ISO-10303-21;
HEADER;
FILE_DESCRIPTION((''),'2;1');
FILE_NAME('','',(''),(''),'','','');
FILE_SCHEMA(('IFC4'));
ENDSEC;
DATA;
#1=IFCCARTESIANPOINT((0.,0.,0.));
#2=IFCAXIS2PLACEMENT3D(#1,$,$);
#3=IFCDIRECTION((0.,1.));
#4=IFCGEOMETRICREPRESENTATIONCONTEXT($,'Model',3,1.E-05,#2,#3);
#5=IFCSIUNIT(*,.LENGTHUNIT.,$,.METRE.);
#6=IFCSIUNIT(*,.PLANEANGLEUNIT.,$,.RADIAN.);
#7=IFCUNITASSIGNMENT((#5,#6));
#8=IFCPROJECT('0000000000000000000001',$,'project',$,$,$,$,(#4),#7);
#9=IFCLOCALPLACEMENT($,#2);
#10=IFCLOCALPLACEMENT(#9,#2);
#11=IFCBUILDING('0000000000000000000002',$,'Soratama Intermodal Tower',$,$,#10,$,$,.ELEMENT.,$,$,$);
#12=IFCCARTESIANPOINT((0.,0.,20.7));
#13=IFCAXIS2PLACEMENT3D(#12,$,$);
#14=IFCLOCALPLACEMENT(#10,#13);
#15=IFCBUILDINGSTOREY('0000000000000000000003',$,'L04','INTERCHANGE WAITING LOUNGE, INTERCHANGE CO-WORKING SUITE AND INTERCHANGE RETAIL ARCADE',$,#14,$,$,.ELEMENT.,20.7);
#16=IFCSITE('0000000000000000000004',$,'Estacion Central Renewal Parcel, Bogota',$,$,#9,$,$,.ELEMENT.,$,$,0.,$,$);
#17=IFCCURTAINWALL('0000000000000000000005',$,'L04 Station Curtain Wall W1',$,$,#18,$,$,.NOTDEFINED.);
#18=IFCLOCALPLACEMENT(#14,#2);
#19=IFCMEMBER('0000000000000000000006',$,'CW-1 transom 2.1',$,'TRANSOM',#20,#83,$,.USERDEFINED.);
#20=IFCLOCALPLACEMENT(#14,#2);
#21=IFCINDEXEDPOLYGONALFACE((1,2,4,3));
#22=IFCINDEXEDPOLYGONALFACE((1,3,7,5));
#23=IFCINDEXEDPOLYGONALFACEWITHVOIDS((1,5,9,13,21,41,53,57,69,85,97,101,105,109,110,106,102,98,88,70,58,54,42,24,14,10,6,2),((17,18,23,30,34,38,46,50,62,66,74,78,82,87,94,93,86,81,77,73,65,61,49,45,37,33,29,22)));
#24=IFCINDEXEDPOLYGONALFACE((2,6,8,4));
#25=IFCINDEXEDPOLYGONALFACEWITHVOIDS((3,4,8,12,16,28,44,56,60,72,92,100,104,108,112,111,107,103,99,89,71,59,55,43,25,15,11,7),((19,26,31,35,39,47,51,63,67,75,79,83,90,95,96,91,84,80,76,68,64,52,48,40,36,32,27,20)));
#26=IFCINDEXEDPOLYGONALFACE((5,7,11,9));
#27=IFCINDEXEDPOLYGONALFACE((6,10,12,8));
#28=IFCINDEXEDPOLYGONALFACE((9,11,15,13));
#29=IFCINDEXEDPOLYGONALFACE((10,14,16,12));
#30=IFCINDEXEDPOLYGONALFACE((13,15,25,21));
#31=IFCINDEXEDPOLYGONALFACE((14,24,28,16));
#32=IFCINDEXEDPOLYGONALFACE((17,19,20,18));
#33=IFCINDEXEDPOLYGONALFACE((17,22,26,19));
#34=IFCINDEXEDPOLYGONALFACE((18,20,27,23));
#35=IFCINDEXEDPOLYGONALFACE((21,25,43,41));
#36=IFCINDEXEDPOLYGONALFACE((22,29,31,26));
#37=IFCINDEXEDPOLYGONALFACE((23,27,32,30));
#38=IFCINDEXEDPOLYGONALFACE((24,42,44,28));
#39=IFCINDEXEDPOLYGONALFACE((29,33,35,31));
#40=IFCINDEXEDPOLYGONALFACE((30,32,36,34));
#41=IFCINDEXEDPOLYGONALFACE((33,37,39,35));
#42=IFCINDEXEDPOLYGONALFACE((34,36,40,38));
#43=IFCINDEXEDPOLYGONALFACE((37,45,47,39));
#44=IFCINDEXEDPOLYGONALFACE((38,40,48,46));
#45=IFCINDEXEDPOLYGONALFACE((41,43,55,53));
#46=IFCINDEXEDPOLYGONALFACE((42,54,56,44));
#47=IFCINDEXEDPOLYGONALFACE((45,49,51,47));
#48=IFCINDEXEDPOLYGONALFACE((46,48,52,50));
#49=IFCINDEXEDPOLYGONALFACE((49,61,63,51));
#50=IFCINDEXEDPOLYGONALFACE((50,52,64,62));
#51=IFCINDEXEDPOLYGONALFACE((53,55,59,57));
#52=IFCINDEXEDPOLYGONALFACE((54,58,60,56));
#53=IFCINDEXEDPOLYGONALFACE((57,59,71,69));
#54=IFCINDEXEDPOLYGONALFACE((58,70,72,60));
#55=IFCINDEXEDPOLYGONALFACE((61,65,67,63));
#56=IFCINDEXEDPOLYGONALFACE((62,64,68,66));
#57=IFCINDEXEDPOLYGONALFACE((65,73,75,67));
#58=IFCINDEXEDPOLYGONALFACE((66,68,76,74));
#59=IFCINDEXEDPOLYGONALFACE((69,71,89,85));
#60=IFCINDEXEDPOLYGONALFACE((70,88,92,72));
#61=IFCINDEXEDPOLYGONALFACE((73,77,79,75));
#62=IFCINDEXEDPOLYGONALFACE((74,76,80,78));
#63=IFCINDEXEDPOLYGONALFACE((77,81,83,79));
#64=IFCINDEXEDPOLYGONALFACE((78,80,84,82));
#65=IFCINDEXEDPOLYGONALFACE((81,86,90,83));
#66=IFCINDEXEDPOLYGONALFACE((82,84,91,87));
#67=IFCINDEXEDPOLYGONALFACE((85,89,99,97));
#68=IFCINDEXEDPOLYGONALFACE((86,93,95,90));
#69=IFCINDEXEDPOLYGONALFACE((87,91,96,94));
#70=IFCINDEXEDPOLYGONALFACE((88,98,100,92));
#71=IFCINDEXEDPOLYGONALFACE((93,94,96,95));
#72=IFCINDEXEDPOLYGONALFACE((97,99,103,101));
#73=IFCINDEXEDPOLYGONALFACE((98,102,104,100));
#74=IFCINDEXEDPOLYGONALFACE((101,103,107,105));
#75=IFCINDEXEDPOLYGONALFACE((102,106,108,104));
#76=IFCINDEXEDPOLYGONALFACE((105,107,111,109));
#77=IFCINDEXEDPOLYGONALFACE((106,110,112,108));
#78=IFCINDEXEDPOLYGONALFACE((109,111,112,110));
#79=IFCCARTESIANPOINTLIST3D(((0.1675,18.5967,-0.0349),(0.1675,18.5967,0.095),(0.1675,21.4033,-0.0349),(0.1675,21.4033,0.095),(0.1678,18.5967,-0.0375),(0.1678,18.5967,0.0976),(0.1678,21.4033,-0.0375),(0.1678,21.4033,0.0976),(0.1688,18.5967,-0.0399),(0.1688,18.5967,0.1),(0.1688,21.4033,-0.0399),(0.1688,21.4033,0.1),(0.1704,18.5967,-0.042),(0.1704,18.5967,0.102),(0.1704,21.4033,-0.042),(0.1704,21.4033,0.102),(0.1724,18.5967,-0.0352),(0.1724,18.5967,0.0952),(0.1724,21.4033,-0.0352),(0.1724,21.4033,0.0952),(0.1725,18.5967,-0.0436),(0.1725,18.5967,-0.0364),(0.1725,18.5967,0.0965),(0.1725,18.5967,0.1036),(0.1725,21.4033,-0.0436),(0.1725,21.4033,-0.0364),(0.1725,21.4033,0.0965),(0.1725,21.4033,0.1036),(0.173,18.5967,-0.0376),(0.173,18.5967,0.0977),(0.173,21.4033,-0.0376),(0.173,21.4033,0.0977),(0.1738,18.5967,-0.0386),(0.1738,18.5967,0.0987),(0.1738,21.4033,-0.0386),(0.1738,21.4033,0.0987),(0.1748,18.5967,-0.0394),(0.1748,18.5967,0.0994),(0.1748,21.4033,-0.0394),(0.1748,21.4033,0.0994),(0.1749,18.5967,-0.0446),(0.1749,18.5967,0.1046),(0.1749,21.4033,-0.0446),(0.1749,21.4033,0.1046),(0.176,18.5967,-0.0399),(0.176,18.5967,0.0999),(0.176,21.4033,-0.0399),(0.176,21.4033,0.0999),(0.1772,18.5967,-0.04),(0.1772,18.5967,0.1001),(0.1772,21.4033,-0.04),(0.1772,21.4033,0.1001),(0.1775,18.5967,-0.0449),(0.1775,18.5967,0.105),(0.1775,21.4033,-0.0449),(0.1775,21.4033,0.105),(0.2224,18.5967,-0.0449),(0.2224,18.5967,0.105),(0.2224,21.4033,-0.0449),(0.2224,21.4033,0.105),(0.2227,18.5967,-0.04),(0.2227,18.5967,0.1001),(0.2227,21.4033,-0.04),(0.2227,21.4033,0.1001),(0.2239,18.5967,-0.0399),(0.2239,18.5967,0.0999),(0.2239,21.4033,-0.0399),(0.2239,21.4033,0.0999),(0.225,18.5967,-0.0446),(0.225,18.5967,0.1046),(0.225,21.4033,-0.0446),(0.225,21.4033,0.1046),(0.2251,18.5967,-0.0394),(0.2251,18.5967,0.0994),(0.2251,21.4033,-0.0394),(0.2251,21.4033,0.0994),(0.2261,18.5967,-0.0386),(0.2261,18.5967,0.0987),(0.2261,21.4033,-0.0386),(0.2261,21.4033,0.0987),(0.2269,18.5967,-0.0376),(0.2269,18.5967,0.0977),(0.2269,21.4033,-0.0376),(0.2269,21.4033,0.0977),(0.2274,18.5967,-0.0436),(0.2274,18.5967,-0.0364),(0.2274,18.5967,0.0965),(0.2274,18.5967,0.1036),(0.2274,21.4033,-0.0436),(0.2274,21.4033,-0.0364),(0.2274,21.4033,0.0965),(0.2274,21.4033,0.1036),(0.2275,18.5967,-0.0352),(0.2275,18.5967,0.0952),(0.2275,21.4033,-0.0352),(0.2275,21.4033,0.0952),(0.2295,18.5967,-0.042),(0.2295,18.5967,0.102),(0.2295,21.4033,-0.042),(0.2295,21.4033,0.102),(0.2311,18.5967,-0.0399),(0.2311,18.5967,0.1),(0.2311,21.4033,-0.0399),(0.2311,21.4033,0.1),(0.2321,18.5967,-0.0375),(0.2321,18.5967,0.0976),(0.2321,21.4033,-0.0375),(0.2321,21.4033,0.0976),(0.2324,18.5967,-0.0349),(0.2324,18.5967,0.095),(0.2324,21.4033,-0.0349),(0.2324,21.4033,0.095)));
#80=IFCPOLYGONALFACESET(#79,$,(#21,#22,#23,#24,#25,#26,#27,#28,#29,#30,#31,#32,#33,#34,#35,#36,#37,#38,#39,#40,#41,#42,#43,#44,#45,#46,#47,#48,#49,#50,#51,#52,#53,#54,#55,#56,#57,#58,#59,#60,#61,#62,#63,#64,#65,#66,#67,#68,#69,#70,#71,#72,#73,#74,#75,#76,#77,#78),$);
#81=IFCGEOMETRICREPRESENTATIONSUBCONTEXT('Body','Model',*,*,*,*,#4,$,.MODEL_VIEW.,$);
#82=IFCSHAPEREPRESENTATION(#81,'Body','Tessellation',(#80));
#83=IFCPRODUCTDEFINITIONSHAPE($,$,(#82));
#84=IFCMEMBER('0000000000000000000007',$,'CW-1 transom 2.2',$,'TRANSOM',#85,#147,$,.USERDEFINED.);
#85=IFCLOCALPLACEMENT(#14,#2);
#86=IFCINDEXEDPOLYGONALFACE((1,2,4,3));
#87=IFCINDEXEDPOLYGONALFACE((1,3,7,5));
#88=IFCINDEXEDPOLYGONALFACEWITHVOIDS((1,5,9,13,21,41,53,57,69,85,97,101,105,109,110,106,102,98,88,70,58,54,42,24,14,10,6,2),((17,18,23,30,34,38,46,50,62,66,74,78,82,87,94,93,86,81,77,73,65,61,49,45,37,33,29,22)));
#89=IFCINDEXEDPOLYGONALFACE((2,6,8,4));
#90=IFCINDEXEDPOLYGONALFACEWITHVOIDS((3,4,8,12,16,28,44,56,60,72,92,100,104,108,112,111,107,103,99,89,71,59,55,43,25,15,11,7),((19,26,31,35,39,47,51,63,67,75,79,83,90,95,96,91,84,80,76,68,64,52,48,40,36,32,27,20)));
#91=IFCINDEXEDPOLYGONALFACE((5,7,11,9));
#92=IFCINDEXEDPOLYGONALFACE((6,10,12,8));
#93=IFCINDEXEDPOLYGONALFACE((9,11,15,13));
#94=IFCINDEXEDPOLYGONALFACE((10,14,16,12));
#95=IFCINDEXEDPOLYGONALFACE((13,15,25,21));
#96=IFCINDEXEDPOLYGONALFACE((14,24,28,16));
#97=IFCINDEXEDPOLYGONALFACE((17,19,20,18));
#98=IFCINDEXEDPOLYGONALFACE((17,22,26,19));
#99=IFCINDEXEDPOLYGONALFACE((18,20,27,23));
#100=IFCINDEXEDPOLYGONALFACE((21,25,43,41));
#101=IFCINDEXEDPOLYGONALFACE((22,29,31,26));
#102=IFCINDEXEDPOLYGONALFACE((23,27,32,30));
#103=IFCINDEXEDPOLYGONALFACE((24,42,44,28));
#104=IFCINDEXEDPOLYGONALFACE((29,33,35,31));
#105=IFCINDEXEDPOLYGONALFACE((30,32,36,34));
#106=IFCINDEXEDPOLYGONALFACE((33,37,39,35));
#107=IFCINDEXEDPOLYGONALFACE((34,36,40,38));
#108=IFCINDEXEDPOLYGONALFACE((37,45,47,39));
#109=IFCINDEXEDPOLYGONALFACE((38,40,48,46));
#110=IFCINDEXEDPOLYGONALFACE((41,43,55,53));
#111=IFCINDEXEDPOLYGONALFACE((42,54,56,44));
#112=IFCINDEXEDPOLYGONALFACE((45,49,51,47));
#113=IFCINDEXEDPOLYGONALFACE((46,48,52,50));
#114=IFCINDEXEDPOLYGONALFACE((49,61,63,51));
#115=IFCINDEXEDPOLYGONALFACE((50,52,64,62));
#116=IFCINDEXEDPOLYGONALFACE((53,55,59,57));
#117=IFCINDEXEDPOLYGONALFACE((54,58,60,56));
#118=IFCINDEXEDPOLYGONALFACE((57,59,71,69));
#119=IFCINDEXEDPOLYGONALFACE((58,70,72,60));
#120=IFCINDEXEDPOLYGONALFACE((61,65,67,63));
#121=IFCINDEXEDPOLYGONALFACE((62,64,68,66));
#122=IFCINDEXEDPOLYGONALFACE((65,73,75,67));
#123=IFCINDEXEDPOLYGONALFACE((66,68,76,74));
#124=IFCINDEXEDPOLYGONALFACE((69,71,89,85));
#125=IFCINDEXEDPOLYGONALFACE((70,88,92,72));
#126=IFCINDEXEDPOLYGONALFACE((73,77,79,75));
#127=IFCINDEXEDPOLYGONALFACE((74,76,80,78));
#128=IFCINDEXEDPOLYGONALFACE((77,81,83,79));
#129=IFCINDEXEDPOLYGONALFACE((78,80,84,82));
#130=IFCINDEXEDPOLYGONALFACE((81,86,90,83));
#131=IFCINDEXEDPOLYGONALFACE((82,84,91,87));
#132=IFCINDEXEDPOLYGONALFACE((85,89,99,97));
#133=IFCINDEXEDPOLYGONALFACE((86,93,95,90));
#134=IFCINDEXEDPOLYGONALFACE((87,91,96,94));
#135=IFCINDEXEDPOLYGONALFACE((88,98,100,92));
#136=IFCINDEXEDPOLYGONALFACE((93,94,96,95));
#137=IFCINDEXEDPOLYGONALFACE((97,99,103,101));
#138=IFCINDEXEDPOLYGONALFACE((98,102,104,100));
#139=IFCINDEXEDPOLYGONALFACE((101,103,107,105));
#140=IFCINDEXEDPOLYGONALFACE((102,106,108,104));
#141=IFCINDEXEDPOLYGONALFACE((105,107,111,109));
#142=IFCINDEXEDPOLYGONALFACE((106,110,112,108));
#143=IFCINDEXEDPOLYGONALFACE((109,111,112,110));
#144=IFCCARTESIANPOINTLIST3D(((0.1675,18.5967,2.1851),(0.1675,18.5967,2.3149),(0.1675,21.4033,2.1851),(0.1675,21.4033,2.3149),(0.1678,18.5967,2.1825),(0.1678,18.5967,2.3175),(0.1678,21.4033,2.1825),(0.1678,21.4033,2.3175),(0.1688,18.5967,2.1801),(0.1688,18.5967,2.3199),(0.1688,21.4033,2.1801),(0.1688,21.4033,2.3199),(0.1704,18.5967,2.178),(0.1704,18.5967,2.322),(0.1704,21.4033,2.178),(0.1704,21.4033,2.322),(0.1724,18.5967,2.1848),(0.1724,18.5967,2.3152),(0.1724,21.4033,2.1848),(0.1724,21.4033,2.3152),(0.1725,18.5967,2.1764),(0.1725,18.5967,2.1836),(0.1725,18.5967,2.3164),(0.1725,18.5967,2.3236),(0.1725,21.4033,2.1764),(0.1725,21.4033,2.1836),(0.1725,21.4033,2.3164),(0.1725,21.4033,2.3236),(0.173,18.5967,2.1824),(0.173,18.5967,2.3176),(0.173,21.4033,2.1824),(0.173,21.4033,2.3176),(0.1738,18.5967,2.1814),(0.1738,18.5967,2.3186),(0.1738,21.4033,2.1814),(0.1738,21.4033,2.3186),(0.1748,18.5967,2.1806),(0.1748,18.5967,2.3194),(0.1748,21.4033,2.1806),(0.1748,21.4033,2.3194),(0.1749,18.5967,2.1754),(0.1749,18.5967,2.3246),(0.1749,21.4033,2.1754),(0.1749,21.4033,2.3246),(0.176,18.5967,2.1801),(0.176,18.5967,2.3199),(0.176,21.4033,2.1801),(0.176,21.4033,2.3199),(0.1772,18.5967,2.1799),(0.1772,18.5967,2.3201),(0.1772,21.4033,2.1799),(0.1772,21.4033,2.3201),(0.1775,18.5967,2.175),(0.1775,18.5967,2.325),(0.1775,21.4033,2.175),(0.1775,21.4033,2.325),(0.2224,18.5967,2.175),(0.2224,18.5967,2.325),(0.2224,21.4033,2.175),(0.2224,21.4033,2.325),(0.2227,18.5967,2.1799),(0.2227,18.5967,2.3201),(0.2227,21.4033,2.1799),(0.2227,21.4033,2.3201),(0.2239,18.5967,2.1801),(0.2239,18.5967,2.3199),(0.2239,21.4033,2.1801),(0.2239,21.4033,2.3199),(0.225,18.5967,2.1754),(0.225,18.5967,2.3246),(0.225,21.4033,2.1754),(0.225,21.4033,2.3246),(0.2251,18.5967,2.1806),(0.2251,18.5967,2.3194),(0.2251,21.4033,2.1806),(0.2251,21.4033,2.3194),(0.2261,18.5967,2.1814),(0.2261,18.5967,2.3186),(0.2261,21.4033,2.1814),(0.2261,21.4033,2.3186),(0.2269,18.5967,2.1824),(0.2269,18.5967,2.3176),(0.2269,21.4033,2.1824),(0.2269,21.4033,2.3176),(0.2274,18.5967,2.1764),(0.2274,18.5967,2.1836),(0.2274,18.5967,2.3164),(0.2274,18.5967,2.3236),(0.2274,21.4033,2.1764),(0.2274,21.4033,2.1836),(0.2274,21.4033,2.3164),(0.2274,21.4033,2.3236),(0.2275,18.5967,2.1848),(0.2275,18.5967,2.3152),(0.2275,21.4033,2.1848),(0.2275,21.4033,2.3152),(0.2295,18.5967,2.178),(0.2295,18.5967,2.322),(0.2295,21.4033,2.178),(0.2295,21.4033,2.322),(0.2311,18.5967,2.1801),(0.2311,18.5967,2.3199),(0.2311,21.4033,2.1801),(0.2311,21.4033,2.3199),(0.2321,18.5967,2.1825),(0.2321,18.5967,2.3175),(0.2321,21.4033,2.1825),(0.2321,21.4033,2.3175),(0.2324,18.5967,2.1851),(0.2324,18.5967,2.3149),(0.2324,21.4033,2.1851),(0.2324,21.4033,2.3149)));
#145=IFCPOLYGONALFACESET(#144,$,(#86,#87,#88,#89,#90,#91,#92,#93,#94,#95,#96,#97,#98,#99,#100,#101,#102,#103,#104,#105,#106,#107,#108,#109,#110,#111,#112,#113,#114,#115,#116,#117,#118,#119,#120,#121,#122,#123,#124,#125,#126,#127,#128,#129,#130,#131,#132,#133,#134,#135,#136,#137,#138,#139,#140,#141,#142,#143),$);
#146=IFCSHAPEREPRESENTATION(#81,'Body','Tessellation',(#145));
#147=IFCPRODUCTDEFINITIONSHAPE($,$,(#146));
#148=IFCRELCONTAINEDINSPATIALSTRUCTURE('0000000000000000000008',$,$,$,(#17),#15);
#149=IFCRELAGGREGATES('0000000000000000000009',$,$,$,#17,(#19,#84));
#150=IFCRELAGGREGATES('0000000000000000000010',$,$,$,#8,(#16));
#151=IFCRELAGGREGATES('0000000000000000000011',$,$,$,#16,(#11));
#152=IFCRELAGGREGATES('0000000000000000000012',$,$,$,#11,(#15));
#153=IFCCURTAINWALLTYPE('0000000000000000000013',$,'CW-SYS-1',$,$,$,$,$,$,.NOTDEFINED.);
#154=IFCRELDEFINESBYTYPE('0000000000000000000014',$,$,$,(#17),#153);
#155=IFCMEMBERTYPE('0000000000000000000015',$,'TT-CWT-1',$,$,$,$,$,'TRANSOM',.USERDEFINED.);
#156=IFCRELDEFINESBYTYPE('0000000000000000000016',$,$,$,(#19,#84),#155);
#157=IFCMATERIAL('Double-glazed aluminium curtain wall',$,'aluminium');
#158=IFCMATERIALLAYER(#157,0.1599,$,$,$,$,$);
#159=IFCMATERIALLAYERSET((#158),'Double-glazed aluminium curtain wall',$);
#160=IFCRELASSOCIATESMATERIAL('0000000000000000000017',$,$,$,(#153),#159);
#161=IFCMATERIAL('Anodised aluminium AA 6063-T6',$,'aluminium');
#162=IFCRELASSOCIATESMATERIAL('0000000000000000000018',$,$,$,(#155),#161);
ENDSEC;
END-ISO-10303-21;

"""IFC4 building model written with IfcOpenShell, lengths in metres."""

from ifc_helpers import new_model, si_unit, direction, frame, origin, origin_2d, place, context, subcontext, project, spatial, hollow_rectangle, extrude, material, layer, layer_set, material_profile, profile_set, type_object, element, aggregate, save


model = new_model("IFC4")

# Units and contexts
model_context = context("Model", 3, precision=1e-05, world=origin(), true_north=direction((0.0, 1.0)))
body_context = subcontext(model_context, "Body", "Model", "MODEL_VIEW")
ifc_project = project(units=[si_unit("LENGTHUNIT", "METRE"), si_unit("PLANEANGLEUNIT", "RADIAN")], contexts=[model_context])

# Site, building, storey
site_placement = place(None, origin())
site = spatial("IfcSite", under=ifc_project, at=site_placement, Name="Estacion Central Renewal Parcel, Bogota", CompositionType="ELEMENT", RefElevation=0.0)
building_placement = place(site_placement, origin())
building = spatial("IfcBuilding", under=site, at=building_placement, Name="Soratama Intermodal Tower", CompositionType="ELEMENT")
storey_placement = place(building_placement, frame((0.0, 0.0, 20.7)))
storey = spatial("IfcBuildingStorey", under=building, at=storey_placement, Name="L04", Description="INTERCHANGE WAITING LOUNGE, INTERCHANGE CO-WORKING SUITE AND INTERCHANGE RETAIL ARCADE", CompositionType="ELEMENT", Elevation=20.7)

# Curtain wall, members
ifc_material_1 = material(Name="Double-glazed aluminium curtain wall", Category="aluminium")
ifc_layer_1 = layer(ifc_material_1, 0.1599)
ifc_layer_set_1 = layer_set([ifc_layer_1], Name="Double-glazed aluminium curtain wall")
curtain_wall_type = type_object("IfcCurtainWallType", Name="CW-SYS-1", PredefinedType="NOTDEFINED", material=ifc_layer_set_1)
curtain_wall_placement = place(storey_placement, origin())
curtain_wall = element("IfcCurtainWall", 1, at=curtain_wall_placement, inside=storey, type_object=curtain_wall_type, Name="L04 Station Curtain Wall W1", PredefinedType="NOTDEFINED")
ifc_material_2 = material(Name="Anodised aluminium AA 6063-T6", Category="aluminium")
ifc_material_profile_1 = material_profile(ifc_material_2, hollow_rectangle(XDim=0.0649, YDim=0.1499, WallThickness=0.0049, InnerFilletRadius=0.0049, OuterFilletRadius=0.01, at=origin_2d()), Name="CWT150X65X5")
ifc_profile_set_1 = profile_set([ifc_material_profile_1], Name="Anodised aluminium AA 6063-T6")
member_type_1 = type_object("IfcMemberType", Name="TT-CWT-1", ElementType="TRANSOM", PredefinedType="USERDEFINED", material=ifc_profile_set_1)
member_1_placement = place(storey_placement, frame((0.2, 18.5967, 0.03), z_axis=(0.0, 1.0, 0.0), x_axis=(-1.0, 0.0, 0.0)))
member_1 = element("IfcMember", 2, at=member_1_placement, type_object=member_type_1, Name="CW-1 transom 2.1", ObjectType="TRANSOM", PredefinedType="USERDEFINED", context=body_context, shape_type="SweptSolid", body=[
    extrude(hollow_rectangle(XDim=0.0649, YDim=0.1499, WallThickness=0.0049, InnerFilletRadius=0.0049, OuterFilletRadius=0.01, at=origin_2d()), origin(), (0.0, 0.0, 1.0), 2.8066),
])
member_2_placement = place(storey_placement, frame((0.2, 18.5967, 2.25), z_axis=(0.0, 1.0, 0.0), x_axis=(-1.0, 0.0, 0.0)))
member_2 = element("IfcMember", 3, at=member_2_placement, type_object=member_type_1, Name="CW-1 transom 2.2", ObjectType="TRANSOM", PredefinedType="USERDEFINED", context=body_context, shape_type="SweptSolid", body=[
    extrude(hollow_rectangle(XDim=0.0649, YDim=0.1499, WallThickness=0.0049, InnerFilletRadius=0.0049, OuterFilletRadius=0.01, at=origin_2d()), origin(), (0.0, 0.0, 1.0), 2.8066),
])
aggregate(curtain_wall, [member_1, member_2])

save(model, "model.ifc")
